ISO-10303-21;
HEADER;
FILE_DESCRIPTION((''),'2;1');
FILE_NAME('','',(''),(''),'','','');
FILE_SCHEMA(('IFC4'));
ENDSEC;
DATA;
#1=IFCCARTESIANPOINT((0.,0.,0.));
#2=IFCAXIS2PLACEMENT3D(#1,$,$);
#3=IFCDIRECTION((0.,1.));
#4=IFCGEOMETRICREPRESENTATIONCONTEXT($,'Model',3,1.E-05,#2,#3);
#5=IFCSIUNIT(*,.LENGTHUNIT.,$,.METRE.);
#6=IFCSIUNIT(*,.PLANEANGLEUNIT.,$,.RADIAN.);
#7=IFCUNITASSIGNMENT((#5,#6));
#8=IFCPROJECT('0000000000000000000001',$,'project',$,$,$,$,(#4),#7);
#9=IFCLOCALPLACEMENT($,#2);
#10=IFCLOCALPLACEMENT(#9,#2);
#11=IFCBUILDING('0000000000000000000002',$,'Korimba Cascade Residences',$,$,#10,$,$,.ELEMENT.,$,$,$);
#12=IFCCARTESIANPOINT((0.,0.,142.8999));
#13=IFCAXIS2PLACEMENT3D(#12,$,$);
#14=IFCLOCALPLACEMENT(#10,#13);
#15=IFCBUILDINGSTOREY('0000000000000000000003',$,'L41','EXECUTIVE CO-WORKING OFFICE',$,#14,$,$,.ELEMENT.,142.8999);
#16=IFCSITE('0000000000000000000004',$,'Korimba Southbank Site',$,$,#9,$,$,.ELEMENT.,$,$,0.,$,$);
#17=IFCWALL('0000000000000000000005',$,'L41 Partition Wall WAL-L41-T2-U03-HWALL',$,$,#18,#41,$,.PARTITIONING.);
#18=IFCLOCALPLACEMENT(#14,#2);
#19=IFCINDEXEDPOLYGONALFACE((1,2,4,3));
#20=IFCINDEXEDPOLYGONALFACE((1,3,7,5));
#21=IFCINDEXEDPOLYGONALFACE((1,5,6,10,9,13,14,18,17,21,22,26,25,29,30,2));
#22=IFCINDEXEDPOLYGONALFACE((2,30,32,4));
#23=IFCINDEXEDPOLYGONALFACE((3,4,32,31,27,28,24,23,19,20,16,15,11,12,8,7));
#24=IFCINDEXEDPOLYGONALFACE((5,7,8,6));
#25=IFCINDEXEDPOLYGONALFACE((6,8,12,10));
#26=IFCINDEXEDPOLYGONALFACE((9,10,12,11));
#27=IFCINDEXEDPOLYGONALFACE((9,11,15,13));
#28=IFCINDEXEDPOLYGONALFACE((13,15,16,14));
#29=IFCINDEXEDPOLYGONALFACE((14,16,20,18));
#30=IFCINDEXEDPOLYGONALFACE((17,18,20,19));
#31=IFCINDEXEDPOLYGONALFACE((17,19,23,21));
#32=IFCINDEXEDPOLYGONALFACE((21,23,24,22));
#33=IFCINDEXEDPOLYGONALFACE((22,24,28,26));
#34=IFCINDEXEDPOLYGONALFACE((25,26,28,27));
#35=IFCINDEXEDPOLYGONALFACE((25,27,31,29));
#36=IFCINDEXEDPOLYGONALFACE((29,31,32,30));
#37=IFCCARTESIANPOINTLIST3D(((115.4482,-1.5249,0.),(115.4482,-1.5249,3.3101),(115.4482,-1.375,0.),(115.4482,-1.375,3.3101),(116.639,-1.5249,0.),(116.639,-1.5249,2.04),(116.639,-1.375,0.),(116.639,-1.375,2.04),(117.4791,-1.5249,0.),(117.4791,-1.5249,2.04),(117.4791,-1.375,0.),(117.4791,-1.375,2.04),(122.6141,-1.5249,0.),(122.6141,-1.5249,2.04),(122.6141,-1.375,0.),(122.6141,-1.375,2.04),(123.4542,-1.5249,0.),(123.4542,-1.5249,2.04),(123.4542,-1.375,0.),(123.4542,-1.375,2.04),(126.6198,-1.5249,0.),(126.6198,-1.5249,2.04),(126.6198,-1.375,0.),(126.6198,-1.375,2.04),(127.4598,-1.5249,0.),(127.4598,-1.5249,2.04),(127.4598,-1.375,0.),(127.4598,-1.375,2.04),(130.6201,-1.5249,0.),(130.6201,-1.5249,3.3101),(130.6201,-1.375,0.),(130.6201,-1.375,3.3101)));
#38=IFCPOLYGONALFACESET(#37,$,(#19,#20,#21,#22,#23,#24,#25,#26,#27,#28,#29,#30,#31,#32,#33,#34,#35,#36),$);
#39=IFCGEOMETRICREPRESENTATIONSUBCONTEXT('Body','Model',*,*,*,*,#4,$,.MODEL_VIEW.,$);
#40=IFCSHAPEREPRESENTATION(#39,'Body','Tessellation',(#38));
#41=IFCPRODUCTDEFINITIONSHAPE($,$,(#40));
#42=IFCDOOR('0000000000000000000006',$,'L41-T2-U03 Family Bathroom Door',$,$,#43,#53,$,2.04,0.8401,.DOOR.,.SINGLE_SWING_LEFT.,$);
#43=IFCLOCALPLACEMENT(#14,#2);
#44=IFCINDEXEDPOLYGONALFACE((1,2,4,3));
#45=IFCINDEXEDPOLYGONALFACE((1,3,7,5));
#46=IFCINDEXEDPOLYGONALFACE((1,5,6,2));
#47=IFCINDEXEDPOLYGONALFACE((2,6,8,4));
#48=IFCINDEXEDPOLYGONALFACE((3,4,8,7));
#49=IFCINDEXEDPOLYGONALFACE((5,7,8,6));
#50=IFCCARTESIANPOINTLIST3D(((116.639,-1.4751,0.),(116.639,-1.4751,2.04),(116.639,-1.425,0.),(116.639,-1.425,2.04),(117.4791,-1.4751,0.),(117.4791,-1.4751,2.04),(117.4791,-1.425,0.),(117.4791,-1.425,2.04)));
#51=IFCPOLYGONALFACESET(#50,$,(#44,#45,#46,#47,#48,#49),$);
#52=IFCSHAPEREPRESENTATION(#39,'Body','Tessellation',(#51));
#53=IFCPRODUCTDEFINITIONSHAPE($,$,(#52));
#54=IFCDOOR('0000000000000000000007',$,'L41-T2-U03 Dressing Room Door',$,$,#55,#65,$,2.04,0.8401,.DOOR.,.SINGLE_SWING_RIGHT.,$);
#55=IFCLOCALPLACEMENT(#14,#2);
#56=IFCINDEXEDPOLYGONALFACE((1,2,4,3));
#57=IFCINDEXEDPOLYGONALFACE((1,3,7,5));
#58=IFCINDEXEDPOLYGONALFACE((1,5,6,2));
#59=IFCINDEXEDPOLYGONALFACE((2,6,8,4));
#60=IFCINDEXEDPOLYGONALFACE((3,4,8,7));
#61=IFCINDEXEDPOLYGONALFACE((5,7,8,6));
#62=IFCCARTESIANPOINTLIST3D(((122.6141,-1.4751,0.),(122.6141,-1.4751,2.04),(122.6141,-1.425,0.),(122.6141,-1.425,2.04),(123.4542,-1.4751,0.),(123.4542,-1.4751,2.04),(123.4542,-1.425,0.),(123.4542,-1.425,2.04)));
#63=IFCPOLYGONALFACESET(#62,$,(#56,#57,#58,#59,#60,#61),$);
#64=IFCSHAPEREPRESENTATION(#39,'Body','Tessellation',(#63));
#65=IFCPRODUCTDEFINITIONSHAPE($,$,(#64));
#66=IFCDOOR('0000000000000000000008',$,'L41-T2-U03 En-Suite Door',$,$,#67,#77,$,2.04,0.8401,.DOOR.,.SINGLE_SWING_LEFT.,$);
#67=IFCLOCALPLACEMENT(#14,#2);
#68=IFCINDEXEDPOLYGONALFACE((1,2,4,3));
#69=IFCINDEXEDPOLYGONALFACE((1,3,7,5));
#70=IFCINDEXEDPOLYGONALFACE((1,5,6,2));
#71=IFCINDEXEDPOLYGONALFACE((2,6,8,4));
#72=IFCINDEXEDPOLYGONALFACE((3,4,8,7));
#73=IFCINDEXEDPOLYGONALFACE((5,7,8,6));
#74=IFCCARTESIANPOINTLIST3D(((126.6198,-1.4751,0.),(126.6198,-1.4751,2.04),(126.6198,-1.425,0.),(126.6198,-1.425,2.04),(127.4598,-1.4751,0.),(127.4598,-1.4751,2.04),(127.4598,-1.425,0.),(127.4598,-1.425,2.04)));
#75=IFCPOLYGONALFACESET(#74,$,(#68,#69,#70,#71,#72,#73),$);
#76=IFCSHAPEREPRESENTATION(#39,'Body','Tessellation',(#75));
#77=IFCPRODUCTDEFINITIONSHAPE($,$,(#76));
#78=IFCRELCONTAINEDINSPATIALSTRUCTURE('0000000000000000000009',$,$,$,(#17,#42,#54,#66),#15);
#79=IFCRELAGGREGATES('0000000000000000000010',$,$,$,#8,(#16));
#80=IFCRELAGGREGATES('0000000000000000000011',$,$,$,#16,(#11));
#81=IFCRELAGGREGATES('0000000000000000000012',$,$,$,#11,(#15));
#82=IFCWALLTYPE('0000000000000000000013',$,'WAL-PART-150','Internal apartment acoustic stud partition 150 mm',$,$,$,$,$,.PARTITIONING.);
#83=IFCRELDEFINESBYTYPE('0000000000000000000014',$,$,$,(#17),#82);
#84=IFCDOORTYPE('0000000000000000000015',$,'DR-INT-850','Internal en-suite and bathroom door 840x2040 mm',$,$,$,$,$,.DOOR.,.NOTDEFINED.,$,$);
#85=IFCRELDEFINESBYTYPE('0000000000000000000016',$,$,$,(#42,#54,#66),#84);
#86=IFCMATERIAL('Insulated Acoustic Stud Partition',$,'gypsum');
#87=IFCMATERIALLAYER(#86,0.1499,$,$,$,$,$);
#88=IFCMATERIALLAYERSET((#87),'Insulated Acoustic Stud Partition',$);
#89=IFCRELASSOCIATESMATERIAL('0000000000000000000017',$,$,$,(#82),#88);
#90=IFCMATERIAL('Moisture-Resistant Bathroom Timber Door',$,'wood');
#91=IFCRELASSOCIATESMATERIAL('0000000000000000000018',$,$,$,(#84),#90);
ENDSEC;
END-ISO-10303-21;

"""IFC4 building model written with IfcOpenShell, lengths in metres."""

from ifc_helpers import new_model, si_unit, direction, frame, frame_2d, origin, place, context, subcontext, project, spatial, rectangle, extrude, material, layer, layer_set, type_object, element, fill, save


model = new_model("IFC4")

# Units and contexts
model_context = context("Model", 3, precision=1e-05, world=origin(), true_north=direction((0.0, 1.0)))
body_context = subcontext(model_context, "Body", "Model", "MODEL_VIEW")
ifc_project = project(units=[si_unit("LENGTHUNIT", "METRE"), si_unit("PLANEANGLEUNIT", "RADIAN")], contexts=[model_context])

# Site, building, storey
site_placement = place(None, origin())
site = spatial("IfcSite", under=ifc_project, at=site_placement, Name="Korimba Southbank Site", CompositionType="ELEMENT", RefElevation=0.0)
building_placement = place(site_placement, origin())
building = spatial("IfcBuilding", under=site, at=building_placement, Name="Korimba Cascade Residences", CompositionType="ELEMENT")
storey_placement = place(building_placement, frame((0.0, 0.0, 142.8999)))
storey = spatial("IfcBuildingStorey", under=building, at=storey_placement, Name="L41", Description="EXECUTIVE CO-WORKING OFFICE", CompositionType="ELEMENT", Elevation=142.8999)

# Shared definitions
ifc_material_1 = material(Name="Insulated Acoustic Stud Partition", Category="gypsum")
ifc_layer_1 = layer(ifc_material_1, 0.1499)
ifc_layer_set_1 = layer_set([ifc_layer_1], Name="Insulated Acoustic Stud Partition")
wall_type_1 = type_object("IfcWallType", Name="WAL-PART-150", Description="Internal apartment acoustic stud partition 150 mm", PredefinedType="PARTITIONING", material=ifc_layer_set_1)
ifc_material_2 = material(Name="Moisture-Resistant Bathroom Timber Door", Category="wood")
door_type_1 = type_object("IfcDoorType", Name="DR-INT-850", Description="Internal en-suite and bathroom door 840x2040 mm", OperationType="NOTDEFINED", PredefinedType="DOOR", material=ifc_material_2)

# Wall, openings, doors
wall_1_placement = place(storey_placement, frame((115.4482, -1.45, 0.0), z_axis=(0.0, 0.0, 1.0), x_axis=(1.0, 0.0, 0.0)))
wall_1 = element("IfcWall", 1, at=wall_1_placement, inside=storey, type_object=wall_type_1, Name="L41 Partition Wall WAL-L41-T2-U03-HWALL", PredefinedType="PARTITIONING", context=body_context, shape_type="SweptSolid", body=[
    extrude(rectangle(XDim=15.1719, YDim=0.1499, at=frame_2d((7.5859, 0.0))), origin(), (0.0, 0.0, 1.0), 3.3101),
])
opening_1_placement = place(wall_1_placement, frame((1.1909, 0.0, 0.0)))
opening_1 = element("IfcOpeningElement", 2, at=opening_1_placement, cuts=wall_1, PredefinedType="OPENING", context=body_context, shape_type="SweptSolid", body=[
    extrude(rectangle(XDim=0.8401, YDim=2.04, at=frame_2d((0.4199, 1.02))), frame((0.0, 0.085, 0.0), z_axis=(0.0, -1.0, 0.0), x_axis=(1.0, 0.0, 0.0)), (0.0, 0.0, 1.0), 0.1699),
])
opening_2_placement = place(wall_1_placement, frame((7.166, 0.0, 0.0)))
opening_2 = element("IfcOpeningElement", 3, at=opening_2_placement, cuts=wall_1, PredefinedType="OPENING", context=body_context, shape_type="SweptSolid", body=[
    extrude(rectangle(XDim=0.8401, YDim=2.04, at=frame_2d((0.4199, 1.02))), frame((0.0, 0.085, 0.0), z_axis=(0.0, -1.0, 0.0), x_axis=(1.0, 0.0, 0.0)), (0.0, 0.0, 1.0), 0.1699),
])
opening_3_placement = place(wall_1_placement, frame((11.1716, 0.0, 0.0)))
opening_3 = element("IfcOpeningElement", 4, at=opening_3_placement, cuts=wall_1, PredefinedType="OPENING", context=body_context, shape_type="SweptSolid", body=[
    extrude(rectangle(XDim=0.8401, YDim=2.04, at=frame_2d((0.4199, 1.02))), frame((0.0, 0.085, 0.0), z_axis=(0.0, -1.0, 0.0), x_axis=(1.0, 0.0, 0.0)), (0.0, 0.0, 1.0), 0.1699),
])
door_1_placement = place(opening_1_placement, origin())
door_1 = element("IfcDoor", 5, at=door_1_placement, inside=storey, type_object=door_type_1, Name="L41-T2-U03 Family Bathroom Door", OperationType="SINGLE_SWING_LEFT", OverallHeight=2.04, OverallWidth=0.8401, PredefinedType="DOOR", context=body_context, shape_type="SweptSolid", body=[
    extrude(rectangle(XDim=0.8401, YDim=2.04, at=frame_2d((0.4199, 1.02))), frame((0.0, 0.0249, 0.0), z_axis=(0.0, -1.0, 0.0), x_axis=(1.0, 0.0, 0.0)), (0.0, 0.0, 1.0), 0.05),
])
fill(opening_1, door_1)
door_2_placement = place(opening_2_placement, origin())
door_2 = element("IfcDoor", 6, at=door_2_placement, inside=storey, type_object=door_type_1, Name="L41-T2-U03 Dressing Room Door", OperationType="SINGLE_SWING_RIGHT", OverallHeight=2.04, OverallWidth=0.8401, PredefinedType="DOOR", context=body_context, shape_type="SweptSolid", body=[
    extrude(rectangle(XDim=0.8401, YDim=2.04, at=frame_2d((0.4199, 1.02))), frame((0.0, 0.0249, 0.0), z_axis=(0.0, -1.0, 0.0), x_axis=(1.0, 0.0, 0.0)), (0.0, 0.0, 1.0), 0.05),
])
fill(opening_2, door_2)
door_3_placement = place(opening_3_placement, origin())
door_3 = element("IfcDoor", 7, at=door_3_placement, inside=storey, type_object=door_type_1, Name="L41-T2-U03 En-Suite Door", OperationType="SINGLE_SWING_LEFT", OverallHeight=2.04, OverallWidth=0.8401, PredefinedType="DOOR", context=body_context, shape_type="SweptSolid", body=[
    extrude(rectangle(XDim=0.8401, YDim=2.04, at=frame_2d((0.4199, 1.02))), frame((0.0, 0.0249, 0.0), z_axis=(0.0, -1.0, 0.0), x_axis=(1.0, 0.0, 0.0)), (0.0, 0.0, 1.0), 0.05),
])
fill(opening_3, door_3)

save(model, "model.ifc")
